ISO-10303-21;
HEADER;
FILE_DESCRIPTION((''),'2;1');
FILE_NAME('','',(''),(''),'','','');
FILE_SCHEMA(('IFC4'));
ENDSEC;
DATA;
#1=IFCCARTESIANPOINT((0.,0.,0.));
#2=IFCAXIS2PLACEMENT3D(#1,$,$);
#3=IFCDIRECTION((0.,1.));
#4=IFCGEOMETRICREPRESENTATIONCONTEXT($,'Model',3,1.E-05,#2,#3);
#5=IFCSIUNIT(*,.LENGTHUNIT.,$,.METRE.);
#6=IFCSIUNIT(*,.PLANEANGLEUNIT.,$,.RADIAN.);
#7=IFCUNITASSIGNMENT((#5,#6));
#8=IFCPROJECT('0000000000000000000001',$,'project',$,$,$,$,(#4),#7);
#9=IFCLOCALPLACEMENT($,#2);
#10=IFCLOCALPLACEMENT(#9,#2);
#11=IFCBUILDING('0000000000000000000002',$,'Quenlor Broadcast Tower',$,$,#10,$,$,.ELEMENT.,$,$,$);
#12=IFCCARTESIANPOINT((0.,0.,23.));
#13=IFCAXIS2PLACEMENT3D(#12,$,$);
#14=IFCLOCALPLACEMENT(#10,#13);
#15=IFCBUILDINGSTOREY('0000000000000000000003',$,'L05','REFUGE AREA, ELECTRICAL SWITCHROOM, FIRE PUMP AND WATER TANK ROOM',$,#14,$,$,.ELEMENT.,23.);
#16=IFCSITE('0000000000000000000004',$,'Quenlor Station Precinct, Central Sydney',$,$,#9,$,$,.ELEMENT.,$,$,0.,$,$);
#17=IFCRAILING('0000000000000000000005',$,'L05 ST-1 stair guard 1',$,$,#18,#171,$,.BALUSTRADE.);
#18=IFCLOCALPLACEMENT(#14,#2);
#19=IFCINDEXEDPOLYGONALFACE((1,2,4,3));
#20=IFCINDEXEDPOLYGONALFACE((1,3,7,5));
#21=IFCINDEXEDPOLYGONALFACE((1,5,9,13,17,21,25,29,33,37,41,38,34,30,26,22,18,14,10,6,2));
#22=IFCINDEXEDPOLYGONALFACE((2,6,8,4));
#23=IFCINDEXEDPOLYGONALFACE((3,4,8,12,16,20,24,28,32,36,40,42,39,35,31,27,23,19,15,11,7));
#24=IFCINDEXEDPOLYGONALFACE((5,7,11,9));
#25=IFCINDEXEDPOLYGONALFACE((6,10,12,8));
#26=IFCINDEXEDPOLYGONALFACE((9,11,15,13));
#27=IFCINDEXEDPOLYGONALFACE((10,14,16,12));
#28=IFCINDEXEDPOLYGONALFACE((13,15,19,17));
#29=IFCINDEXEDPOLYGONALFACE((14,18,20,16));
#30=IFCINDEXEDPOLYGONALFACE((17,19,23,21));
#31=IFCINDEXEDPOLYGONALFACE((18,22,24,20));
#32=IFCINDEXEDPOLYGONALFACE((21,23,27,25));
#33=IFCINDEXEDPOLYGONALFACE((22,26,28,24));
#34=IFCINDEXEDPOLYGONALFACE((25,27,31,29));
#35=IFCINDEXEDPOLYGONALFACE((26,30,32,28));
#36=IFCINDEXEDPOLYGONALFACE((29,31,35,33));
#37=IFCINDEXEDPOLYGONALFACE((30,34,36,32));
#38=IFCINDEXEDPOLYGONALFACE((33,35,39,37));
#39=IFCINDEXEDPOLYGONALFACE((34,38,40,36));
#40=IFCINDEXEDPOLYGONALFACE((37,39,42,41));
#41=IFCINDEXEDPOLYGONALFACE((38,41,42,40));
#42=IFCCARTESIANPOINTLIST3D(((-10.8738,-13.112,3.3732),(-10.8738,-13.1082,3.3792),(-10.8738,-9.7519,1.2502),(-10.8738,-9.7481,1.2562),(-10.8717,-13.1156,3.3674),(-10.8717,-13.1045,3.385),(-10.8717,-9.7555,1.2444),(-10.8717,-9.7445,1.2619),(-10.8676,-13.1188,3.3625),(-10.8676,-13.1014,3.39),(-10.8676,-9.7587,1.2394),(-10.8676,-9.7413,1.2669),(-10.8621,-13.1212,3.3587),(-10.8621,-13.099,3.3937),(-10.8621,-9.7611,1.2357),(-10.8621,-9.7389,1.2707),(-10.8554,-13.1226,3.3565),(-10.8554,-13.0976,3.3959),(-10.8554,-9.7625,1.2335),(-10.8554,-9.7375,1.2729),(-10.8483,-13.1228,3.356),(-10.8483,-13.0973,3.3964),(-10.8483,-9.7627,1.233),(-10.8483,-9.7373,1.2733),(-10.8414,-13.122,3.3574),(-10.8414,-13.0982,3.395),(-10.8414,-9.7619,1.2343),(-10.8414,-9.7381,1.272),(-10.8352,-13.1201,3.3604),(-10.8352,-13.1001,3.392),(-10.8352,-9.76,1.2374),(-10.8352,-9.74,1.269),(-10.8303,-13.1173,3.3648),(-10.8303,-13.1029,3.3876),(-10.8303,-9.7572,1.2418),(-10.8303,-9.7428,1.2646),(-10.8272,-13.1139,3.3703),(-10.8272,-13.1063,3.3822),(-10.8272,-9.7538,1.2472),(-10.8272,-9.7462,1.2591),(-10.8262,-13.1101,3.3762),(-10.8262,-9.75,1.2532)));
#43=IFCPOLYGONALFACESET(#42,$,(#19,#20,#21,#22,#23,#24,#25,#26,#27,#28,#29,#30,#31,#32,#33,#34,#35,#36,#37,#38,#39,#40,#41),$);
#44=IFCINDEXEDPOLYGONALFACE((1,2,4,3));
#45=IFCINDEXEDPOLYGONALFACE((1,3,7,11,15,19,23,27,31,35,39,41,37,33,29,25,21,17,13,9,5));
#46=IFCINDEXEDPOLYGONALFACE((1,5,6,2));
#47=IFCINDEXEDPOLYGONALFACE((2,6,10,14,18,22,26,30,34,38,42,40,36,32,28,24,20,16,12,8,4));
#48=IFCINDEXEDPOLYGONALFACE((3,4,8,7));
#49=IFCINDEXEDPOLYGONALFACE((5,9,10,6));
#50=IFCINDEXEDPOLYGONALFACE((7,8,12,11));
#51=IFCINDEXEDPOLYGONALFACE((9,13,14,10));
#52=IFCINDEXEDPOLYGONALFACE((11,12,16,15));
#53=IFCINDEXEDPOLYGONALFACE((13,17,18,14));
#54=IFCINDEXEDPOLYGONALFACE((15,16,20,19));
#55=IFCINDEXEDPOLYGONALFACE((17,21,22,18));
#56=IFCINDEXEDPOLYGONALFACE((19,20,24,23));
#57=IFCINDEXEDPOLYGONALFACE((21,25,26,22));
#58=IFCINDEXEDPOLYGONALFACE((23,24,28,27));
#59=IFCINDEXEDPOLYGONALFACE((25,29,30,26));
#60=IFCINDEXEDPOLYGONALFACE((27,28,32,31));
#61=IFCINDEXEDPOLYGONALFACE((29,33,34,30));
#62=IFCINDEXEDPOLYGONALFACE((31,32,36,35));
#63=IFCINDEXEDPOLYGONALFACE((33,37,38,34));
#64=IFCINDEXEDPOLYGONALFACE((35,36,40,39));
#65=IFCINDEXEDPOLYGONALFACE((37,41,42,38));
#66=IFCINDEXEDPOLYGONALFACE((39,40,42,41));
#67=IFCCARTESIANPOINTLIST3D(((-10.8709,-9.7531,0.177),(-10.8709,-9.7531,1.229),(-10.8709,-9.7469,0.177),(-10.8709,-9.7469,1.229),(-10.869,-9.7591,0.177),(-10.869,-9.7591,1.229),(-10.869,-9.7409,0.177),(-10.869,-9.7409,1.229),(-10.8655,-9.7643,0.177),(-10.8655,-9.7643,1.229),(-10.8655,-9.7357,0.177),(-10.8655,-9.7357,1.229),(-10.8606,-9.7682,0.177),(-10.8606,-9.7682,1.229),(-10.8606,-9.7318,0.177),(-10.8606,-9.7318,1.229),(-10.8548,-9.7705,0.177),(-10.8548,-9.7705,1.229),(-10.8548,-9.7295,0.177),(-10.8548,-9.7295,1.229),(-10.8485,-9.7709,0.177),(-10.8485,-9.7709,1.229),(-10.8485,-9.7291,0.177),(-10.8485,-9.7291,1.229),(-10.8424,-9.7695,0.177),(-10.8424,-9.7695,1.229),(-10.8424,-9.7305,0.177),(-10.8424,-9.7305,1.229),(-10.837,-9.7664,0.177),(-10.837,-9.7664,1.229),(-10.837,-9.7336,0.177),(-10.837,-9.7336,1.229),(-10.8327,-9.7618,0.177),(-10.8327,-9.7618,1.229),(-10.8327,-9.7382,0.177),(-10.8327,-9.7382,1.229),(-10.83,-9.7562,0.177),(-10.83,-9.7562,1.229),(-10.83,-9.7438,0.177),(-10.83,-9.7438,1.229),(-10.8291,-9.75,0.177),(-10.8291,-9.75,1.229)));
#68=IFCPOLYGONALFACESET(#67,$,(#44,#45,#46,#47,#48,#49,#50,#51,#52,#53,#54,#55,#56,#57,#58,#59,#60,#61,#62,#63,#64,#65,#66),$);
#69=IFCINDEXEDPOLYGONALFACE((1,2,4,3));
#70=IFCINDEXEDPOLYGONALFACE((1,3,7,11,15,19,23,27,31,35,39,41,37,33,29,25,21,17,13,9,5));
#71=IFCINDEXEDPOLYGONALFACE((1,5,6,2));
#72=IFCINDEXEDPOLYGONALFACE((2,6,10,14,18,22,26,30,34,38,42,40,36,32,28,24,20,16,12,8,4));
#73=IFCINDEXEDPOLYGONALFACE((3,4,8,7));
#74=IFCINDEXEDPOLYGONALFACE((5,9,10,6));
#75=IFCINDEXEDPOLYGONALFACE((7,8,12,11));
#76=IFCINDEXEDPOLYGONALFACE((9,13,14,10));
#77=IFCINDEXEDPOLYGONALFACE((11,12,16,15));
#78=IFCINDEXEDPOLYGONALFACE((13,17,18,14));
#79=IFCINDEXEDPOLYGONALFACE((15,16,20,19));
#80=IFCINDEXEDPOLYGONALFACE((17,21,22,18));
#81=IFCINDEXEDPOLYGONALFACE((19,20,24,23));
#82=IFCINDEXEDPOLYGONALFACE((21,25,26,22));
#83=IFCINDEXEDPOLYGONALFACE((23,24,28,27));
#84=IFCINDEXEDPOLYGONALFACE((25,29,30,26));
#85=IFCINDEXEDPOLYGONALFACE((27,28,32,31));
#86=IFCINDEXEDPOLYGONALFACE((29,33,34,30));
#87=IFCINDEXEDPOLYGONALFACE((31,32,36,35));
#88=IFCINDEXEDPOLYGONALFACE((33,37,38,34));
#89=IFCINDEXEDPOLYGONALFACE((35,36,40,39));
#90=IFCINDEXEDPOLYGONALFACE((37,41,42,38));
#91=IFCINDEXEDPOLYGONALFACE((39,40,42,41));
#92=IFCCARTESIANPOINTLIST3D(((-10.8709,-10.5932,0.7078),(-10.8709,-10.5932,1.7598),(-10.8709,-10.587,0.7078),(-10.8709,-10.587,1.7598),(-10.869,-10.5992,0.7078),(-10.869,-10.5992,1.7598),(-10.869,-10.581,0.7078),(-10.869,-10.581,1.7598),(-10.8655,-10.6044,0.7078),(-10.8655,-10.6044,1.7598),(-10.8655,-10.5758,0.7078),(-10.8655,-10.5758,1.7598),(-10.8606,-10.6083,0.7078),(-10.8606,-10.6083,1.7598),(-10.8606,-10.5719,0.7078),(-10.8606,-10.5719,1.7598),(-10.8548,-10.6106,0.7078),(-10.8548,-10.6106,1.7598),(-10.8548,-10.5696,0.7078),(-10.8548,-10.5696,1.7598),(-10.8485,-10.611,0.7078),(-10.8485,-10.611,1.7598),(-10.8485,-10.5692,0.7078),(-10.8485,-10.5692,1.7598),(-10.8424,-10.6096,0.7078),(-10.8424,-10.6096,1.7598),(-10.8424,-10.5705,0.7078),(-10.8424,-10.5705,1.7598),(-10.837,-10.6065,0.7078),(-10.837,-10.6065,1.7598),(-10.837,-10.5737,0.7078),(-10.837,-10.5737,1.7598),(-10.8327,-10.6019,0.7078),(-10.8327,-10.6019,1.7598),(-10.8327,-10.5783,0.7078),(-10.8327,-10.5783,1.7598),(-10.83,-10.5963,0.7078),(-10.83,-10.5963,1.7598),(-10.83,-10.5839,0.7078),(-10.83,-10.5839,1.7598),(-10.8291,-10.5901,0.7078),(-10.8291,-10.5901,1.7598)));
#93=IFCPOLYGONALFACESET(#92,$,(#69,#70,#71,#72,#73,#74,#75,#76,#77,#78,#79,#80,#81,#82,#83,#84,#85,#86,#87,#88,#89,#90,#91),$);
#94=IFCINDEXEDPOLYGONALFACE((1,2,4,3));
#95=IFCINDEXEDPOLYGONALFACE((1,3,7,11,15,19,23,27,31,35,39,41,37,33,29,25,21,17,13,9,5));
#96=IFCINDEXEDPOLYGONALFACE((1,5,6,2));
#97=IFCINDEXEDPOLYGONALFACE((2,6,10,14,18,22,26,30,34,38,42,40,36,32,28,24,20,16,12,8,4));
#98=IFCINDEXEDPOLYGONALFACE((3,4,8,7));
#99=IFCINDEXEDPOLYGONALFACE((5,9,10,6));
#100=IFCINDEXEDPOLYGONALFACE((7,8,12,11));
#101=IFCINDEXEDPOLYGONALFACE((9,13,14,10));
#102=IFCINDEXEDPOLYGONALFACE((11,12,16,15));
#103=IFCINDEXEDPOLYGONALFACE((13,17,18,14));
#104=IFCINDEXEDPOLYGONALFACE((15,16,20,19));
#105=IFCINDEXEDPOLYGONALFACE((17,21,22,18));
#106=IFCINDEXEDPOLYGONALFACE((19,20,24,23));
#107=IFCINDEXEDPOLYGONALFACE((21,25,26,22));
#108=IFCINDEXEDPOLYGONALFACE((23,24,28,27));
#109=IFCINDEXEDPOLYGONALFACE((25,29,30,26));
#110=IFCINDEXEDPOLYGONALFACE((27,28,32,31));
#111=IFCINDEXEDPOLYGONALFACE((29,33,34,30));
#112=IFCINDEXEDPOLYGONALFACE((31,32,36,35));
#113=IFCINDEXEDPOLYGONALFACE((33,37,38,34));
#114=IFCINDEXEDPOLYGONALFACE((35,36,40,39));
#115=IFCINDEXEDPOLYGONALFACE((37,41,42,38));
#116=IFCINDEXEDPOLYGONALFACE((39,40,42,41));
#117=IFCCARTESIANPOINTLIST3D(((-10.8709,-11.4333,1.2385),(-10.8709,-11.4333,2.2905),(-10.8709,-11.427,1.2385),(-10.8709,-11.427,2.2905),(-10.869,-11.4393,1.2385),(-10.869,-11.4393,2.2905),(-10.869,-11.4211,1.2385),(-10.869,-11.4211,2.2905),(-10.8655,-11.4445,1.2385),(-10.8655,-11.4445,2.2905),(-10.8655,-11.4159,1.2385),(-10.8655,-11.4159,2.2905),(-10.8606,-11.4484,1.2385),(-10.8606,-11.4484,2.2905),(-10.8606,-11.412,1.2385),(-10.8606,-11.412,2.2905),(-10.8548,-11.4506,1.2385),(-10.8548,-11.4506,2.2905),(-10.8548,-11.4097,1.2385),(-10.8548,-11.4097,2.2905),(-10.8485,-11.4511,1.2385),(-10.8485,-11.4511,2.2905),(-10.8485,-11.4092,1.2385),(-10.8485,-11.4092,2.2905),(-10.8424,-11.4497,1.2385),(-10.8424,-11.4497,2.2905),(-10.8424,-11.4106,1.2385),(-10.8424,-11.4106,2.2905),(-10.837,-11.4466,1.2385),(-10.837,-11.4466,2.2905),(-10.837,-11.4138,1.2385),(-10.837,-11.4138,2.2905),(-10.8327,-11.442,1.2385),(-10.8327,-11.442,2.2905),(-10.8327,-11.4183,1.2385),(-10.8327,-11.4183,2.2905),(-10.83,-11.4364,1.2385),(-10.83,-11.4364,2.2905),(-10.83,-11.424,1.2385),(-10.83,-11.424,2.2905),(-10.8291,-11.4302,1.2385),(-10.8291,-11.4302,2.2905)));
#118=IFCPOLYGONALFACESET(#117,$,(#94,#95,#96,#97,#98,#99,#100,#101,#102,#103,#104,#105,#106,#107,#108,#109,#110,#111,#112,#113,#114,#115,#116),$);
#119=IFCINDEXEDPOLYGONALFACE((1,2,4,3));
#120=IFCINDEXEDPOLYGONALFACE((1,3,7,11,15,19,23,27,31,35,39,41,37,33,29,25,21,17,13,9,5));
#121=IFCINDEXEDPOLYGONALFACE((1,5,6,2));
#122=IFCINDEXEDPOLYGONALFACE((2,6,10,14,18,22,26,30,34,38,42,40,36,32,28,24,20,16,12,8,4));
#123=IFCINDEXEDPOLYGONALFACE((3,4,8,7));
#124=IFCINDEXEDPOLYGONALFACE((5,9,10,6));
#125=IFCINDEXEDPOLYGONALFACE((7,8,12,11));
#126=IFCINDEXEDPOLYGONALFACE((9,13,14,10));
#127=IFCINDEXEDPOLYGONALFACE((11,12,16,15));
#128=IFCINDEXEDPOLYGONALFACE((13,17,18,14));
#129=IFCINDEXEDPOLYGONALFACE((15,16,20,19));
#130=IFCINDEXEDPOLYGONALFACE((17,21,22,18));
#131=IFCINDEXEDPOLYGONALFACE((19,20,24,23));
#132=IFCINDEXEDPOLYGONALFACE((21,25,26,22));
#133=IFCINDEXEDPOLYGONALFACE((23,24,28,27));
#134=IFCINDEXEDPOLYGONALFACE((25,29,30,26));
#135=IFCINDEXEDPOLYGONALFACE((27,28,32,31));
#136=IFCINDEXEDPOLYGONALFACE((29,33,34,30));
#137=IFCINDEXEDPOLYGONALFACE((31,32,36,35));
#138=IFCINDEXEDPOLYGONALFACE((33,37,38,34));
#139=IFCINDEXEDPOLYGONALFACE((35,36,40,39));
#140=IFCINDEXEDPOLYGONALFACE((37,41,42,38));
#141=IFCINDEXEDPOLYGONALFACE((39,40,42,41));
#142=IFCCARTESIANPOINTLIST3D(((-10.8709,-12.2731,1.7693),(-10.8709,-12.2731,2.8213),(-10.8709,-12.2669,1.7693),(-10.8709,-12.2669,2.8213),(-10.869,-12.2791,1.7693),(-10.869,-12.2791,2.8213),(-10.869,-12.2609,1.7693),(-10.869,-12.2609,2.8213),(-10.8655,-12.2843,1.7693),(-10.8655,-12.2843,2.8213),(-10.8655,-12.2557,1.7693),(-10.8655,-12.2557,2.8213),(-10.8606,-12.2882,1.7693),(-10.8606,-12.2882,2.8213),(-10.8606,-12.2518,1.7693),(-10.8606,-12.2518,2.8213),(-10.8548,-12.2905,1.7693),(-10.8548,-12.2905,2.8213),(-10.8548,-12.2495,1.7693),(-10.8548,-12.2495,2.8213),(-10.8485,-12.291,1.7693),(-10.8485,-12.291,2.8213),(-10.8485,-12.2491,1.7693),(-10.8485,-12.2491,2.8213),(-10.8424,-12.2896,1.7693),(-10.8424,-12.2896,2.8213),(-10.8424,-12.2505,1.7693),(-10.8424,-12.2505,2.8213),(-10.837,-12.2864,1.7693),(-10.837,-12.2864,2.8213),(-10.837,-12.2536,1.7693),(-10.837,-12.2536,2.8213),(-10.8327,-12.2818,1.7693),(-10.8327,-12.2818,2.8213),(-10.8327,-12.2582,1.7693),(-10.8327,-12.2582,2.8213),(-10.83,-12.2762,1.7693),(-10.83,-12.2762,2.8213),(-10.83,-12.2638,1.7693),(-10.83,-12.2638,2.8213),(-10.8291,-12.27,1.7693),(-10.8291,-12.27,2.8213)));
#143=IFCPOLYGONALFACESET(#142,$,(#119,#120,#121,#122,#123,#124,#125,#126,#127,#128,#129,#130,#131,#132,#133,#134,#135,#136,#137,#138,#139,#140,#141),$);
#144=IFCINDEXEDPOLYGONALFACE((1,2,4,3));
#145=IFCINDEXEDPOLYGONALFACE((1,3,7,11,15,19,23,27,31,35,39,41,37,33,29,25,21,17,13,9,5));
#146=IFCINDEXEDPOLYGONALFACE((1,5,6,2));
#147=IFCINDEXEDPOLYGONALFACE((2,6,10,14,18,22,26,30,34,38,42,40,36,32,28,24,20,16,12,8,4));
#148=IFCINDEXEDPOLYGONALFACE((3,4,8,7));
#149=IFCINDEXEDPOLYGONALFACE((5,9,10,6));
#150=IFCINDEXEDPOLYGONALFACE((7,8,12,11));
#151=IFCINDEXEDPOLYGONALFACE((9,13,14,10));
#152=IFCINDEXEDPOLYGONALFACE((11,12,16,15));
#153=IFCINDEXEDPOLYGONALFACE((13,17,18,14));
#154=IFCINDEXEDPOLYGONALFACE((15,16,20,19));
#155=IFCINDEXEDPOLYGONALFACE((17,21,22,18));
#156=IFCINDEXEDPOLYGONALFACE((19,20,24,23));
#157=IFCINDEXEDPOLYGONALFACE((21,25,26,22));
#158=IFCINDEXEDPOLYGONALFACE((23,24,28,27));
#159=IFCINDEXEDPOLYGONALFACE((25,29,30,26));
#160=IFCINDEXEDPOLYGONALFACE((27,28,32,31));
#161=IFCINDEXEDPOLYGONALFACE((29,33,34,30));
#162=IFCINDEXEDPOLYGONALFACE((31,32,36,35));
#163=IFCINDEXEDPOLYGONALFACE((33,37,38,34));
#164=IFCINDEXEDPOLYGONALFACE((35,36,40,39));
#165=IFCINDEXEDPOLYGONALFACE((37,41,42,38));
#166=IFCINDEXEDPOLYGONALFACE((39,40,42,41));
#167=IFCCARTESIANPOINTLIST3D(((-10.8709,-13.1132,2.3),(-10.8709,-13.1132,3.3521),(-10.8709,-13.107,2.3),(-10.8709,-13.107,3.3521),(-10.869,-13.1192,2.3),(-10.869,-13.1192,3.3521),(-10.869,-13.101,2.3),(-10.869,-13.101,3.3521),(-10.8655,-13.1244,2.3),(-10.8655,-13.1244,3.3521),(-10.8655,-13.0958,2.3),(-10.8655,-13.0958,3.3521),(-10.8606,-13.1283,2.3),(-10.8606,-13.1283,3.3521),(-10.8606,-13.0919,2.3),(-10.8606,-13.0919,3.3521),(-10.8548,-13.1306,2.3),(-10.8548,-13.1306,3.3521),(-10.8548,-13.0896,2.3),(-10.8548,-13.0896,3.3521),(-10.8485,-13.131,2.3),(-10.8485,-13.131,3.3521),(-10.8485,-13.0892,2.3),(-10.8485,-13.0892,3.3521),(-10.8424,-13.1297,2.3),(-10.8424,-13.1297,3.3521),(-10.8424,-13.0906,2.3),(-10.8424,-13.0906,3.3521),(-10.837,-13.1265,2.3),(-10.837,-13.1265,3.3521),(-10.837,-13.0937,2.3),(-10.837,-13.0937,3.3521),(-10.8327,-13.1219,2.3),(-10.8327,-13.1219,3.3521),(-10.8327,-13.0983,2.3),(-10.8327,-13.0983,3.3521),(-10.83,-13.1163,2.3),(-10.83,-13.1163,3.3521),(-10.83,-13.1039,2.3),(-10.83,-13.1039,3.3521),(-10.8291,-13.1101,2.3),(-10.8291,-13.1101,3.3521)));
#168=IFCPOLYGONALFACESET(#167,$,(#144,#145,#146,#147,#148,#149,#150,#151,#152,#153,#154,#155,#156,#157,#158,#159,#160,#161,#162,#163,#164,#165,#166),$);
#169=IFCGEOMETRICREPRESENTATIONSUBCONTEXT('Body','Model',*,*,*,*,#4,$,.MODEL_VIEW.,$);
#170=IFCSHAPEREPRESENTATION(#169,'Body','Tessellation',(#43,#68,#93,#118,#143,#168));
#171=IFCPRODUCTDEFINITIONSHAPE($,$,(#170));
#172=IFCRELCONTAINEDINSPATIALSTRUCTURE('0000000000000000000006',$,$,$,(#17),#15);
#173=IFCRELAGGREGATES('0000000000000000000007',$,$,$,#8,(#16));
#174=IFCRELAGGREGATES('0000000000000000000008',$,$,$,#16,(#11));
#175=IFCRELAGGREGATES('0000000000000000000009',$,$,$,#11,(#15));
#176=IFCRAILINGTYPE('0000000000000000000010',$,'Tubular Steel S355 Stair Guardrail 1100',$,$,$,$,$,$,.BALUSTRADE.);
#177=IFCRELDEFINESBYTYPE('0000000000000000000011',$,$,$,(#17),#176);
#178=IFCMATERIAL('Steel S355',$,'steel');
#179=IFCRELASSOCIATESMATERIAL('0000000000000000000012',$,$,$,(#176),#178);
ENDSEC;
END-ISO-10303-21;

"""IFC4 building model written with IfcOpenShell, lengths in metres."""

from ifc_helpers import new_model, si_unit, direction, frame, origin, origin_2d, place, context, subcontext, project, spatial, circle, extrude, material, type_object, element, save


model = new_model("IFC4")

# Units and contexts
model_context = context("Model", 3, precision=1e-05, world=origin(), true_north=direction((0.0, 1.0)))
body_context = subcontext(model_context, "Body", "Model", "MODEL_VIEW")
ifc_project = project(units=[si_unit("LENGTHUNIT", "METRE"), si_unit("PLANEANGLEUNIT", "RADIAN")], contexts=[model_context])

# Site, building, storey
site_placement = place(None, origin())
site = spatial("IfcSite", under=ifc_project, at=site_placement, Name="Quenlor Station Precinct, Central Sydney", CompositionType="ELEMENT", RefElevation=0.0)
building_placement = place(site_placement, origin())
building = spatial("IfcBuilding", under=site, at=building_placement, Name="Quenlor Broadcast Tower", CompositionType="ELEMENT")
storey_placement = place(building_placement, frame((0.0, 0.0, 23.0)))
storey = spatial("IfcBuildingStorey", under=building, at=storey_placement, Name="L05", Description="REFUGE AREA, ELECTRICAL SWITCHROOM, FIRE PUMP AND WATER TANK ROOM", CompositionType="ELEMENT", Elevation=23.0)

# Railing
ifc_material_1 = material(Name="Steel S355", Category="steel")
railing_type_1 = type_object("IfcRailingType", Name="Tubular Steel S355 Stair Guardrail 1100", PredefinedType="BALUSTRADE", material=ifc_material_1)
railing_1_placement = place(storey_placement, frame((-10.8501, -9.75, 0.177)))
element("IfcRailing", 1, at=railing_1_placement, inside=storey, type_object=railing_type_1, Name="L05 ST-1 stair guard 1", PredefinedType="BALUSTRADE", context=body_context, shape_type="SweptSolid", body=[
    extrude(circle(Radius=0.0239, at=origin_2d()), frame((0.0, 0.0, 1.0762), z_axis=(0.0, -0.84539, 0.53415), x_axis=(1.0, 0.0, 0.0)), (0.0, 0.0, 1.0), 3.9746),
    extrude(circle(Radius=0.021, at=origin_2d()), origin(), (0.0, 0.0, 1.0), 1.052),
    extrude(circle(Radius=0.021, at=origin_2d()), frame((0.0, -0.8401, 0.5308)), (0.0, 0.0, 1.0), 1.052),
    extrude(circle(Radius=0.021, at=origin_2d()), frame((0.0, -1.6802, 1.0615)), (0.0, 0.0, 1.0), 1.052),
    extrude(circle(Radius=0.021, at=origin_2d()), frame((0.0, -2.52, 1.5923)), (0.0, 0.0, 1.0), 1.052),
    extrude(circle(Radius=0.021, at=origin_2d()), frame((0.0, -3.3601, 2.123)), (0.0, 0.0, 1.0), 1.052),
])

save(model, "model.ifc")
